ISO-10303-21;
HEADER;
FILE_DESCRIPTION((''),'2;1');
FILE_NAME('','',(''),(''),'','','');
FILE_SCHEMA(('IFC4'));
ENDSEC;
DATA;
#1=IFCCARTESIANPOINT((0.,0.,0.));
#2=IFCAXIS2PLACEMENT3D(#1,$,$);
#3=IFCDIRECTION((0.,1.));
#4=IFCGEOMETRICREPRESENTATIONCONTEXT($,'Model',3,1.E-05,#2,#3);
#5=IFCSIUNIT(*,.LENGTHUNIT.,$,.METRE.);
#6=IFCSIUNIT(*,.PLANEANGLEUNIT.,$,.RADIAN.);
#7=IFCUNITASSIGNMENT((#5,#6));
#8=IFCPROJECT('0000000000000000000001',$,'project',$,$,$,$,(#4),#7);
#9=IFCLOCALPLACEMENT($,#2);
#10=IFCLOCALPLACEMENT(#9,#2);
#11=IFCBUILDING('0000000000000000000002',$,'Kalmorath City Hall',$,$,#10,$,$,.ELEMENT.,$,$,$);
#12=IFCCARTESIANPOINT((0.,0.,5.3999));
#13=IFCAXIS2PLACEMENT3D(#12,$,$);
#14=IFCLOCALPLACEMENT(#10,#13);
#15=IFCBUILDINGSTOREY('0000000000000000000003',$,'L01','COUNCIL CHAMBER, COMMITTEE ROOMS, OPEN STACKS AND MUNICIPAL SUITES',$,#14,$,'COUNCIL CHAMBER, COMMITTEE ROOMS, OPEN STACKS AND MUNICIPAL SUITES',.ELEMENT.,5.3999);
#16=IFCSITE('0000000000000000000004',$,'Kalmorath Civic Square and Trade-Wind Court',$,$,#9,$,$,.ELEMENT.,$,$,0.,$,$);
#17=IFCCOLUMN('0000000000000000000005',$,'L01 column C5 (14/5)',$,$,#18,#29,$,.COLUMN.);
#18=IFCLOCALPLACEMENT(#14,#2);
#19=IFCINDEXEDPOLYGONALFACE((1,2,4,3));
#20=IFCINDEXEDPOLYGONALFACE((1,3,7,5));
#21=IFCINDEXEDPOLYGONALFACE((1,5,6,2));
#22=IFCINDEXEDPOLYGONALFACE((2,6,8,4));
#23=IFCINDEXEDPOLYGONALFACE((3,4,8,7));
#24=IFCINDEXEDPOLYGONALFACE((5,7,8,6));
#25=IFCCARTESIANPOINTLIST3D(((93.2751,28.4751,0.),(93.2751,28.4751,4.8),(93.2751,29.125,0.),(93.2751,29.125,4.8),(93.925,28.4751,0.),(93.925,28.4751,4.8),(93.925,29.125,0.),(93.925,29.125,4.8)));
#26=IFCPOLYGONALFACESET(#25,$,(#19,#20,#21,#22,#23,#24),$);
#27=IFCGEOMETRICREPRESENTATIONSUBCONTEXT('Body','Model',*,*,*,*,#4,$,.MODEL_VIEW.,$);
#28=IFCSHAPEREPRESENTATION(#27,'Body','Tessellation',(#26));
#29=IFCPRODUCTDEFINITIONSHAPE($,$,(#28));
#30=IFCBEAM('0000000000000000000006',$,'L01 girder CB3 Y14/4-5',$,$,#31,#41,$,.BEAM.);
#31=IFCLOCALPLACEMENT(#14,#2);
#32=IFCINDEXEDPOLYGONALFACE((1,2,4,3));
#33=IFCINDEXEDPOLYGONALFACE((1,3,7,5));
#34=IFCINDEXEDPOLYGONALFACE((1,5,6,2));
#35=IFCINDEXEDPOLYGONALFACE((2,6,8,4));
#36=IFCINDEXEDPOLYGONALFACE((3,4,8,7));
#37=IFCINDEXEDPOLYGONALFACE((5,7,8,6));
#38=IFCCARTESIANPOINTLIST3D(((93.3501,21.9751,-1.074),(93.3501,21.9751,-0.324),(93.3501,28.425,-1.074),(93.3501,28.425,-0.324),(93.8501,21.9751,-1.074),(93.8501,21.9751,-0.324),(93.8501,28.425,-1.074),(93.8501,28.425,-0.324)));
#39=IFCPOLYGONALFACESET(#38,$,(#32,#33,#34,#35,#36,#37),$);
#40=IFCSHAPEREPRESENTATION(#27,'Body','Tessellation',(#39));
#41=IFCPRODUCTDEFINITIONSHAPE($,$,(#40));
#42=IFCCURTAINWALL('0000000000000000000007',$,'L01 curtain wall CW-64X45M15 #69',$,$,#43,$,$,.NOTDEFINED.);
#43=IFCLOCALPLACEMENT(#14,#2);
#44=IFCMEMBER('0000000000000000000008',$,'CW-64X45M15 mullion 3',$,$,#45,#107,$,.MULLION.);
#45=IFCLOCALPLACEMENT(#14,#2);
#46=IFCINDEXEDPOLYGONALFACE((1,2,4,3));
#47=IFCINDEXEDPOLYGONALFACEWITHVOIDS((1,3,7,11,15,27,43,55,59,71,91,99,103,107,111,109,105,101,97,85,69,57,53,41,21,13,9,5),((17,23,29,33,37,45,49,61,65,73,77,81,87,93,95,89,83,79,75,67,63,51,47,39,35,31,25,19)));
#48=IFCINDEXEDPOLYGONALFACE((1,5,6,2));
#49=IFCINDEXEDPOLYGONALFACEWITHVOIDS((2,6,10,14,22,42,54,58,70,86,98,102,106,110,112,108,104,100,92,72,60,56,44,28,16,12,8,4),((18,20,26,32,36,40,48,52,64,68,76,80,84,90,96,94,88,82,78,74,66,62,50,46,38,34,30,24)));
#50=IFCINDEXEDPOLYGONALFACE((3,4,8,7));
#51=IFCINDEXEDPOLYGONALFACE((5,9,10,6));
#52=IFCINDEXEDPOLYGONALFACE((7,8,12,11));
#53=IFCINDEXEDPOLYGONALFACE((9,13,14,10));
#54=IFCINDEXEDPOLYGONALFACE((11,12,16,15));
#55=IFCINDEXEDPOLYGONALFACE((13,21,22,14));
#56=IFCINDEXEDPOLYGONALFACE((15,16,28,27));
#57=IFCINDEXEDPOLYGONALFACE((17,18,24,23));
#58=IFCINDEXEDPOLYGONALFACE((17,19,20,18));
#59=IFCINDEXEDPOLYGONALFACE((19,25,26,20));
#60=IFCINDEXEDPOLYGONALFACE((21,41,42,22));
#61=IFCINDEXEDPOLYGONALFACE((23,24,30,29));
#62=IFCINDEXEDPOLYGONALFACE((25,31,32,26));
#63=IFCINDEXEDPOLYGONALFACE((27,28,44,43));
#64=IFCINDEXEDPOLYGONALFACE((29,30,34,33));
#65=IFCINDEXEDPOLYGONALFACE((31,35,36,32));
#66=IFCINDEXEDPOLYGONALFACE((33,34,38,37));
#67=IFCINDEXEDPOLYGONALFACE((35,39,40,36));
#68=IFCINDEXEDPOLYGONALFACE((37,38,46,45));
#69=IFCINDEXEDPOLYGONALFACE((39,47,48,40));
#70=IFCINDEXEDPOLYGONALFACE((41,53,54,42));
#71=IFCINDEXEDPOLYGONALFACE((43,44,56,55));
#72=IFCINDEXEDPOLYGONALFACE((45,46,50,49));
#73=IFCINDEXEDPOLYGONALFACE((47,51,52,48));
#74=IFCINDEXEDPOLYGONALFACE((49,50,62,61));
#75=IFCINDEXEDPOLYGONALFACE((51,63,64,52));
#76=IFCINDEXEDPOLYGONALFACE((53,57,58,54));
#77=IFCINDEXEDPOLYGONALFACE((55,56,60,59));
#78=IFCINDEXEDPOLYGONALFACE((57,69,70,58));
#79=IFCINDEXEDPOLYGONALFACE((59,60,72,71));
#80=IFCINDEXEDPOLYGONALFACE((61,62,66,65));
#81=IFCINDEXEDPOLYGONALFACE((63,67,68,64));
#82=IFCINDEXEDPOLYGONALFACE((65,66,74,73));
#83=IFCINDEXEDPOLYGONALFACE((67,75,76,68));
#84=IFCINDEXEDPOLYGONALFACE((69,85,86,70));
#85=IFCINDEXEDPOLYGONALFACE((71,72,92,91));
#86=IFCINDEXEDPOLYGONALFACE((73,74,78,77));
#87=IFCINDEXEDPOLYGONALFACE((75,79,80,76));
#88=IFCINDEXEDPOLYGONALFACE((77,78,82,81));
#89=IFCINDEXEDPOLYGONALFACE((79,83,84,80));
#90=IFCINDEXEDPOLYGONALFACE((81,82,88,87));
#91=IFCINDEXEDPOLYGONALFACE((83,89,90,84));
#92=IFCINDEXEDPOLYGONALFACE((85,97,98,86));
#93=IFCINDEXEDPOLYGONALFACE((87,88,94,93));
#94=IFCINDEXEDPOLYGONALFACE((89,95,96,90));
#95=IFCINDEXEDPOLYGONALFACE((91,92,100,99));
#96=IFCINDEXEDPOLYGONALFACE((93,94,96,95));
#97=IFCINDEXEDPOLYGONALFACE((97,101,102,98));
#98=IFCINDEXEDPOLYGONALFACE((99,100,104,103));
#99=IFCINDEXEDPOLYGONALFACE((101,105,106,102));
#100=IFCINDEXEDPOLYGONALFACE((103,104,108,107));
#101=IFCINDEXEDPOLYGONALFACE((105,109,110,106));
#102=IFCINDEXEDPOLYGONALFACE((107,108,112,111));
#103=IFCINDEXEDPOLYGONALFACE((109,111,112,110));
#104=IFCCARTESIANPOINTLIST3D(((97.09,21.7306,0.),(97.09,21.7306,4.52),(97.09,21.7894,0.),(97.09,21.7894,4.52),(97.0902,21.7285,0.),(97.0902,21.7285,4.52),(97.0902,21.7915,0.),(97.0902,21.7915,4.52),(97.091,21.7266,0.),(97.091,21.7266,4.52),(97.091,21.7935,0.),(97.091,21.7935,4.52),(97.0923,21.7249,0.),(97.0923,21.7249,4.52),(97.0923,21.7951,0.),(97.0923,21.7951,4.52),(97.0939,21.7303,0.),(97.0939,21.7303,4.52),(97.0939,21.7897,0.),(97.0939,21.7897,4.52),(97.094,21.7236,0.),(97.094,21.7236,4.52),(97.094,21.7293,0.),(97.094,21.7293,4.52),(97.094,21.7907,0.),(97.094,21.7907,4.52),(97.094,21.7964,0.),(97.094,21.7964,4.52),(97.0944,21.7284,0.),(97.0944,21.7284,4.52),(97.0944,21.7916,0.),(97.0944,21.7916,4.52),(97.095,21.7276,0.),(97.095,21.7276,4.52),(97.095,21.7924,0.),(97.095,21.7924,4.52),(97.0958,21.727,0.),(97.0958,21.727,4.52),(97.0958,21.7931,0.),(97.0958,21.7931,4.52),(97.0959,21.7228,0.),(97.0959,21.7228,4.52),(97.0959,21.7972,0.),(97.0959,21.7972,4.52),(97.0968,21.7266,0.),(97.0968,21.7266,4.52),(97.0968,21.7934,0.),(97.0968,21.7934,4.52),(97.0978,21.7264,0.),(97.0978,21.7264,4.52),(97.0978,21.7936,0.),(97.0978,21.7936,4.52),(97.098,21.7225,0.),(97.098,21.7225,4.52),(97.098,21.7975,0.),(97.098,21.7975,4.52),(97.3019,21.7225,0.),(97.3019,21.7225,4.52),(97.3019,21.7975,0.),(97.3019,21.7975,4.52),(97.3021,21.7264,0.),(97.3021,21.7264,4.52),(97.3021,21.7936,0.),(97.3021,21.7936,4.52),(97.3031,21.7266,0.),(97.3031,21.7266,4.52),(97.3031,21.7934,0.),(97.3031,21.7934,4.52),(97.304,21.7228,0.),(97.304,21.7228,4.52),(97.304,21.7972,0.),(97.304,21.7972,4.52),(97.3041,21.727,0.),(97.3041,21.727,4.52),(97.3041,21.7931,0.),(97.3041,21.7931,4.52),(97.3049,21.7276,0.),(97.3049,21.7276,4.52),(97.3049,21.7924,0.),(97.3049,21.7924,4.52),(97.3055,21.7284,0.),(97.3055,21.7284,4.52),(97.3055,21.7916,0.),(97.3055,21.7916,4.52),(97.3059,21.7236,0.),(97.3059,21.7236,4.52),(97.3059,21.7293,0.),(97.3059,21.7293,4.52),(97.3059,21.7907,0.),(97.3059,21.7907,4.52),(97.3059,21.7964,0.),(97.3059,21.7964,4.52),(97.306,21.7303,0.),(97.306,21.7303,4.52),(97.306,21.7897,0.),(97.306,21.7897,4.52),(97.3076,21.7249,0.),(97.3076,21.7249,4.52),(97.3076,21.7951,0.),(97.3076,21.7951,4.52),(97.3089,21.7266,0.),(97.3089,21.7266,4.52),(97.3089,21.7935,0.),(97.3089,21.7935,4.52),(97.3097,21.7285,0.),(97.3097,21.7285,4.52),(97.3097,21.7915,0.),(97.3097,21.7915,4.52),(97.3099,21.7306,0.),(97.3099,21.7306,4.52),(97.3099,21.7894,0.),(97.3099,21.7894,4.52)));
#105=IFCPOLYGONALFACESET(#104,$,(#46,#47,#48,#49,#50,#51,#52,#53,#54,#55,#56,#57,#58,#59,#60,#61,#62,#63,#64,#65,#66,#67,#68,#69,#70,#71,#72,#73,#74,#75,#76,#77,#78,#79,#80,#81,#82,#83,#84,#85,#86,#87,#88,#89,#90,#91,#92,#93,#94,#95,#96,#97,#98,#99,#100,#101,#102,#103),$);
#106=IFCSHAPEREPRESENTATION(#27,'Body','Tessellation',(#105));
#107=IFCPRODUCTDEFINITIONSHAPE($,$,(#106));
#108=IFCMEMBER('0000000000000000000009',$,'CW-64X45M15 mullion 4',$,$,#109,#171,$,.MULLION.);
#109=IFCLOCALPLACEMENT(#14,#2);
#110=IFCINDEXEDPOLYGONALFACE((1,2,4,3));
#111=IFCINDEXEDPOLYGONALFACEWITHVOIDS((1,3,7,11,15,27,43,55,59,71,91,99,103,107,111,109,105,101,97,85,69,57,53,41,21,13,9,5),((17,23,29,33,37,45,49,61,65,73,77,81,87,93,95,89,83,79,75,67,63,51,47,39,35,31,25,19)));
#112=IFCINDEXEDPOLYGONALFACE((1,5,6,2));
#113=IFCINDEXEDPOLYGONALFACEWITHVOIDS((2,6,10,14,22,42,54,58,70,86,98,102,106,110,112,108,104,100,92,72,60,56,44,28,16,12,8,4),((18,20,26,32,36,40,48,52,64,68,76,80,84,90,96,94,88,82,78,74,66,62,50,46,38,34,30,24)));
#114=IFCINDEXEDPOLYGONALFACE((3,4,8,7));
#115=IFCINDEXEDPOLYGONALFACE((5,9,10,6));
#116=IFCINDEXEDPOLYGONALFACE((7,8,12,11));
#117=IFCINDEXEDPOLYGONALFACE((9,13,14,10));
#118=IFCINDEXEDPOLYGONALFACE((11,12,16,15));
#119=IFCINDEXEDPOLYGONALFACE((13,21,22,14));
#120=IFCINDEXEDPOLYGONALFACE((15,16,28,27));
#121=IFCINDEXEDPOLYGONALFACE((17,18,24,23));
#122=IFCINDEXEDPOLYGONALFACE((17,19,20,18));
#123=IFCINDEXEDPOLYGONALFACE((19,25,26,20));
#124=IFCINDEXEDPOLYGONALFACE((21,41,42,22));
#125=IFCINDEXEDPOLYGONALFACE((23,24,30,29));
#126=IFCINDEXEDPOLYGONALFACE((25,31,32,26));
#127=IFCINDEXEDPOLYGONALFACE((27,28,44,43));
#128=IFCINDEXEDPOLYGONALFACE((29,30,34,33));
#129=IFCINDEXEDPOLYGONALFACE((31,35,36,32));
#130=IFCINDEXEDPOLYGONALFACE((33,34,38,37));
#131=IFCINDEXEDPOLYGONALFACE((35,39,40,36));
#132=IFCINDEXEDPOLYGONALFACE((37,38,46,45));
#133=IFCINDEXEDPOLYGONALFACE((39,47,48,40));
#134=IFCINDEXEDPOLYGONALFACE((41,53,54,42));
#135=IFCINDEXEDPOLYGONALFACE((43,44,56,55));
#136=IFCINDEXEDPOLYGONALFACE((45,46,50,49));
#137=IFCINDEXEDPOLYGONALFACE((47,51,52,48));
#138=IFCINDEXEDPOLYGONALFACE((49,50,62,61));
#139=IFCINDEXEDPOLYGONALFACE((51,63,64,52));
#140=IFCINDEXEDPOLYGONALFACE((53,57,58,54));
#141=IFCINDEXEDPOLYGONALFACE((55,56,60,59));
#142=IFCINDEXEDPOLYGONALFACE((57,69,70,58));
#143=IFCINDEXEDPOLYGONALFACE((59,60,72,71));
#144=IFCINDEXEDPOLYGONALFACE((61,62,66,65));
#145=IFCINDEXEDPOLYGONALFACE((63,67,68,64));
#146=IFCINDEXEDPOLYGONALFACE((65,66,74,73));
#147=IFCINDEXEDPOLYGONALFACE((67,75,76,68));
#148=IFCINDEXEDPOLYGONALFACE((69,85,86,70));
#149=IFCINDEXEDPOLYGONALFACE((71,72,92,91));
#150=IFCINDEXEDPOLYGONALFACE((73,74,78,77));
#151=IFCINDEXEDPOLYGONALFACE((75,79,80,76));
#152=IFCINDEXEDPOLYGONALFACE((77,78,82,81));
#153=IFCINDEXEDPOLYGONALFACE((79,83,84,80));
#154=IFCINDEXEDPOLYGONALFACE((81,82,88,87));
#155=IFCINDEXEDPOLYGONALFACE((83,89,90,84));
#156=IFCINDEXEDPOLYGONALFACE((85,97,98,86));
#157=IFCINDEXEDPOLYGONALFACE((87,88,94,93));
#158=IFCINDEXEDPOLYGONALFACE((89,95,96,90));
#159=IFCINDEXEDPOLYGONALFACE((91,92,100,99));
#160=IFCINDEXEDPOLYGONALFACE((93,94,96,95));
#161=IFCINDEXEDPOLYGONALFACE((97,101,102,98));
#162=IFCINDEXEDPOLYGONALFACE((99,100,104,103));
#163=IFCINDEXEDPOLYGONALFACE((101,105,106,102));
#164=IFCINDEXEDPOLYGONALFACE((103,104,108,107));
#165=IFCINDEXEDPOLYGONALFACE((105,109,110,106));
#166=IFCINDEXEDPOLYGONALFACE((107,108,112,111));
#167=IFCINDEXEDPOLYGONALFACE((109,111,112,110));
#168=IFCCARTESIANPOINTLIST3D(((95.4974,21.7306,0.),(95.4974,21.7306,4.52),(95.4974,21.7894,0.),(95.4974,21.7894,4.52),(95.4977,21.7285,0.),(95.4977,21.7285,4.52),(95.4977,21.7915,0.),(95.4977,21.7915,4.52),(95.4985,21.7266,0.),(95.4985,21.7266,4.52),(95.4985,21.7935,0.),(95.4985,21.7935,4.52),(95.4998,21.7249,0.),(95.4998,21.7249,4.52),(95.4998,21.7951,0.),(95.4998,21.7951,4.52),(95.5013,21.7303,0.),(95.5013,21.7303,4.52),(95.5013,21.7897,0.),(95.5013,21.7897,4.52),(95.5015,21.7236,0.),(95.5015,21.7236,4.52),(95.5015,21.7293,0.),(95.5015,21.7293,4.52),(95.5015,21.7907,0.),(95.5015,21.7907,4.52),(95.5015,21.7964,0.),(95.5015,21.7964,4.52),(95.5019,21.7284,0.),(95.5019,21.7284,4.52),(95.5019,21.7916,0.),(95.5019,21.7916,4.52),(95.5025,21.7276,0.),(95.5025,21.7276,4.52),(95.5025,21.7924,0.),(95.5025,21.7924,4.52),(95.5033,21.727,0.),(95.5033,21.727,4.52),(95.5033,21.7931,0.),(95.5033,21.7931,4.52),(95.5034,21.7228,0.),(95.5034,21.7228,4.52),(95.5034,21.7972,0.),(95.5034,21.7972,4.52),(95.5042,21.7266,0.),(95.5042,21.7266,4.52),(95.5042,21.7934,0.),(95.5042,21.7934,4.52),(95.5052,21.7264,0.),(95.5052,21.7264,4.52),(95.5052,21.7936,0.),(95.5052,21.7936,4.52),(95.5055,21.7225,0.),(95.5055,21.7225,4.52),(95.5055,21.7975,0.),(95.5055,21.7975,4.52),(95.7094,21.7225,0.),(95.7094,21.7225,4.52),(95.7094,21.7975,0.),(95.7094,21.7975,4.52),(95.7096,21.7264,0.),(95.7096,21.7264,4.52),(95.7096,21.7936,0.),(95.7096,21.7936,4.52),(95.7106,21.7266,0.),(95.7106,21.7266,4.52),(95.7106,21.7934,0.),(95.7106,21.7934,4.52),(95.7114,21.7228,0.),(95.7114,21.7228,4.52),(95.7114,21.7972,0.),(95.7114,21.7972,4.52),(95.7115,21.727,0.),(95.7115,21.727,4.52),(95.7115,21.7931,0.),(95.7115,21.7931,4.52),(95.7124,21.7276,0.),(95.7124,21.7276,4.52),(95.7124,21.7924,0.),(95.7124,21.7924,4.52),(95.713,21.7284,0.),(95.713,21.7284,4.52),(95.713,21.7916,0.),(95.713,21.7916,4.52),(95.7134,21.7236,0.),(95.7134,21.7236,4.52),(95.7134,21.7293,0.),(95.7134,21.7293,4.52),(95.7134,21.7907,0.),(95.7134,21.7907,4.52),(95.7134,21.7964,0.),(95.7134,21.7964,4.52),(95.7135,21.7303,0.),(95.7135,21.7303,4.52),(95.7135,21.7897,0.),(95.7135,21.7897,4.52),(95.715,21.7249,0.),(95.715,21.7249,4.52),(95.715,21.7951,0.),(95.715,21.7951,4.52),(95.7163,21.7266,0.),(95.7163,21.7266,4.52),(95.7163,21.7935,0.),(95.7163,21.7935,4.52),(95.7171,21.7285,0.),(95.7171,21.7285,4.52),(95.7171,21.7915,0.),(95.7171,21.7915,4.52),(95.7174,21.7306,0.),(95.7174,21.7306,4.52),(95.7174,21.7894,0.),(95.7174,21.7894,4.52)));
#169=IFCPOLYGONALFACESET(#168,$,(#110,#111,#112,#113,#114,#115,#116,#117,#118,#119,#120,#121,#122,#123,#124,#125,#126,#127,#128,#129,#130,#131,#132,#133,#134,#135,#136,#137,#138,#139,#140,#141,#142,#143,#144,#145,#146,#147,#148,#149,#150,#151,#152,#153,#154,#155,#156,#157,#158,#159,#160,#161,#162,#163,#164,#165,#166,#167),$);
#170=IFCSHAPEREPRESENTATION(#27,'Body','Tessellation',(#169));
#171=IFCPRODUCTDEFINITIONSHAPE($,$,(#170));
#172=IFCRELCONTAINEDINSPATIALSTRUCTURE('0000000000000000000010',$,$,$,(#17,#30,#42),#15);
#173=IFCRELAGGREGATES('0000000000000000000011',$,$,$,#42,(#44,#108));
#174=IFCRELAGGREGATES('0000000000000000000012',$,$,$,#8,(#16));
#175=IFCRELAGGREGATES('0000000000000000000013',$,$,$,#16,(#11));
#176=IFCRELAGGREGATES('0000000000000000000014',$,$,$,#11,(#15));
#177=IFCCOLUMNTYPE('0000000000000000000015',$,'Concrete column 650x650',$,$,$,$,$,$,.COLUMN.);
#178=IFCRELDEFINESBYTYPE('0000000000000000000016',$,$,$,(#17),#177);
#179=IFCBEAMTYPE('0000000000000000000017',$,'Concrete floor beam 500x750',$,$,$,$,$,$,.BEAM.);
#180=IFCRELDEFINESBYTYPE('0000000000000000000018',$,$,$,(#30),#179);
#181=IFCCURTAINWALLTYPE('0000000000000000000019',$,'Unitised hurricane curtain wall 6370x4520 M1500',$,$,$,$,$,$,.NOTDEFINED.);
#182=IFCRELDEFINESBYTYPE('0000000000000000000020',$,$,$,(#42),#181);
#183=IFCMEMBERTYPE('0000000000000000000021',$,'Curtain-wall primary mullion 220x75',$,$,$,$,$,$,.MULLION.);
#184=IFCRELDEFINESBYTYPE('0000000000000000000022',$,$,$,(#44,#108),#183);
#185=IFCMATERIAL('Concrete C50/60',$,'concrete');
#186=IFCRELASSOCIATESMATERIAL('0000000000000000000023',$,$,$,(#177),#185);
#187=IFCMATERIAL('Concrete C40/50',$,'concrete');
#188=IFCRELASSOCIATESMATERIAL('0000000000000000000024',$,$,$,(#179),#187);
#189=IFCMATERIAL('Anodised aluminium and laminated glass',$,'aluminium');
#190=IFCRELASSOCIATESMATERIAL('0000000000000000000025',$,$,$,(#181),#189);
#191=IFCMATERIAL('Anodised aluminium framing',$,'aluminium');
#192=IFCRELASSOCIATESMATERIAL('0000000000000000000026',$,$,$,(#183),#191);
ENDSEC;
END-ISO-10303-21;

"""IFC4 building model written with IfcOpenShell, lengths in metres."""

from ifc_helpers import new_model, si_unit, direction, frame, origin, origin_2d, place, context, subcontext, project, spatial, rectangle, hollow_rectangle, extrude, material, material_profile, profile_set, type_object, element, aggregate, save


model = new_model("IFC4")

# Units and contexts
model_context = context("Model", 3, precision=1e-05, world=origin(), true_north=direction((0.0, 1.0)))
body_context = subcontext(model_context, "Body", "Model", "MODEL_VIEW")
ifc_project = project(units=[si_unit("LENGTHUNIT", "METRE"), si_unit("PLANEANGLEUNIT", "RADIAN")], contexts=[model_context])

# Site, building, storey
site_placement = place(None, origin())
site = spatial("IfcSite", under=ifc_project, at=site_placement, Name="Kalmorath Civic Square and Trade-Wind Court", CompositionType="ELEMENT", RefElevation=0.0)
building_placement = place(site_placement, origin())
building = spatial("IfcBuilding", under=site, at=building_placement, Name="Kalmorath City Hall", CompositionType="ELEMENT")
storey_placement = place(building_placement, frame((0.0, 0.0, 5.3999)))
storey = spatial("IfcBuildingStorey", under=building, at=storey_placement, Name="L01", Description="COUNCIL CHAMBER, COMMITTEE ROOMS, OPEN STACKS AND MUNICIPAL SUITES", LongName="COUNCIL CHAMBER, COMMITTEE ROOMS, OPEN STACKS AND MUNICIPAL SUITES", CompositionType="ELEMENT", Elevation=5.3999)

# Column
ifc_material_1 = material(Name="Concrete C50/60", Category="concrete")
ifc_material_profile_1 = material_profile(ifc_material_1, rectangle(XDim=0.6499, YDim=0.6499, at=origin_2d()), Name="RC-COL-650X650")
ifc_profile_set_1 = profile_set([ifc_material_profile_1], Name="Concrete C50/60")
column_type = type_object("IfcColumnType", Name="Concrete column 650x650", PredefinedType="COLUMN", material=ifc_profile_set_1)
column_placement = place(storey_placement, frame((93.6001, 28.8, 0.0), z_axis=(0.0, 0.0, 1.0), x_axis=(1.0, 0.0, 0.0)))
element("IfcColumn", 1, at=column_placement, inside=storey, type_object=column_type, Name="L01 column C5 (14/5)", PredefinedType="COLUMN", context=body_context, shape_type="SweptSolid", body=[
    extrude(rectangle(XDim=0.6499, YDim=0.6499, at=origin_2d()), origin(), (0.0, 0.0, 1.0), 4.8),
])

# Beam
ifc_material_2 = material(Name="Concrete C40/50", Category="concrete")
ifc_material_profile_2 = material_profile(ifc_material_2, rectangle(XDim=0.5, YDim=0.75, at=origin_2d()), Name="RC-BM-500X750")
ifc_profile_set_2 = profile_set([ifc_material_profile_2], Name="Concrete C40/50")
beam_type_1 = type_object("IfcBeamType", Name="Concrete floor beam 500x750", PredefinedType="BEAM", material=ifc_profile_set_2)
beam_1_placement = place(storey_placement, frame((93.6001, 21.9751, -0.699), z_axis=(0.0, 1.0, 0.0), x_axis=(-1.0, 0.0, 0.0)))
element("IfcBeam", 2, at=beam_1_placement, inside=storey, type_object=beam_type_1, Name="L01 girder CB3 Y14/4-5", PredefinedType="BEAM", context=body_context, shape_type="SweptSolid", body=[
    extrude(rectangle(XDim=0.5, YDim=0.75, at=origin_2d()), origin(), (0.0, 0.0, 1.0), 6.45),
])

# Curtain wall, members
ifc_material_3 = material(Name="Anodised aluminium and laminated glass", Category="aluminium")
curtain_wall_type_1 = type_object("IfcCurtainWallType", Name="Unitised hurricane curtain wall 6370x4520 M1500", PredefinedType="NOTDEFINED", material=ifc_material_3)
curtain_wall_1_placement = place(storey_placement, origin())
curtain_wall_1 = element("IfcCurtainWall", 3, at=curtain_wall_1_placement, inside=storey, type_object=curtain_wall_type_1, Name="L01 curtain wall CW-64X45M15 #69", PredefinedType="NOTDEFINED")
ifc_material_4 = material(Name="Anodised aluminium framing", Category="aluminium")
ifc_material_profile_3 = material_profile(ifc_material_4, hollow_rectangle(XDim=0.075, YDim=0.22, WallThickness=0.0039, InnerFilletRadius=0.0039, OuterFilletRadius=0.0081, at=origin_2d()), Name="ALU-MUL-220X75X4")
ifc_profile_set_3 = profile_set([ifc_material_profile_3], Name="Anodised aluminium framing")
member_type_1 = type_object("IfcMemberType", Name="Curtain-wall primary mullion 220x75", PredefinedType="MULLION", material=ifc_profile_set_3)
member_1_placement = place(storey_placement, frame((97.2, 21.76, 0.0), z_axis=(0.0, 0.0, 1.0), x_axis=(0.0, -1.0, 0.0)))
member_1 = element("IfcMember", 4, at=member_1_placement, type_object=member_type_1, Name="CW-64X45M15 mullion 3", PredefinedType="MULLION", context=body_context, shape_type="SweptSolid", body=[
    extrude(hollow_rectangle(XDim=0.075, YDim=0.22, WallThickness=0.0039, InnerFilletRadius=0.0039, OuterFilletRadius=0.0081, at=origin_2d()), origin(), (0.0, 0.0, 1.0), 4.52),
])
member_2_placement = place(storey_placement, frame((95.6074, 21.76, 0.0), z_axis=(0.0, 0.0, 1.0), x_axis=(0.0, -1.0, 0.0)))
member_2 = element("IfcMember", 5, at=member_2_placement, type_object=member_type_1, Name="CW-64X45M15 mullion 4", PredefinedType="MULLION", context=body_context, shape_type="SweptSolid", body=[
    extrude(hollow_rectangle(XDim=0.075, YDim=0.22, WallThickness=0.0039, InnerFilletRadius=0.0039, OuterFilletRadius=0.0081, at=origin_2d()), origin(), (0.0, 0.0, 1.0), 4.52),
])

aggregate(curtain_wall_1, [member_1, member_2])

save(model, "model.ifc")
